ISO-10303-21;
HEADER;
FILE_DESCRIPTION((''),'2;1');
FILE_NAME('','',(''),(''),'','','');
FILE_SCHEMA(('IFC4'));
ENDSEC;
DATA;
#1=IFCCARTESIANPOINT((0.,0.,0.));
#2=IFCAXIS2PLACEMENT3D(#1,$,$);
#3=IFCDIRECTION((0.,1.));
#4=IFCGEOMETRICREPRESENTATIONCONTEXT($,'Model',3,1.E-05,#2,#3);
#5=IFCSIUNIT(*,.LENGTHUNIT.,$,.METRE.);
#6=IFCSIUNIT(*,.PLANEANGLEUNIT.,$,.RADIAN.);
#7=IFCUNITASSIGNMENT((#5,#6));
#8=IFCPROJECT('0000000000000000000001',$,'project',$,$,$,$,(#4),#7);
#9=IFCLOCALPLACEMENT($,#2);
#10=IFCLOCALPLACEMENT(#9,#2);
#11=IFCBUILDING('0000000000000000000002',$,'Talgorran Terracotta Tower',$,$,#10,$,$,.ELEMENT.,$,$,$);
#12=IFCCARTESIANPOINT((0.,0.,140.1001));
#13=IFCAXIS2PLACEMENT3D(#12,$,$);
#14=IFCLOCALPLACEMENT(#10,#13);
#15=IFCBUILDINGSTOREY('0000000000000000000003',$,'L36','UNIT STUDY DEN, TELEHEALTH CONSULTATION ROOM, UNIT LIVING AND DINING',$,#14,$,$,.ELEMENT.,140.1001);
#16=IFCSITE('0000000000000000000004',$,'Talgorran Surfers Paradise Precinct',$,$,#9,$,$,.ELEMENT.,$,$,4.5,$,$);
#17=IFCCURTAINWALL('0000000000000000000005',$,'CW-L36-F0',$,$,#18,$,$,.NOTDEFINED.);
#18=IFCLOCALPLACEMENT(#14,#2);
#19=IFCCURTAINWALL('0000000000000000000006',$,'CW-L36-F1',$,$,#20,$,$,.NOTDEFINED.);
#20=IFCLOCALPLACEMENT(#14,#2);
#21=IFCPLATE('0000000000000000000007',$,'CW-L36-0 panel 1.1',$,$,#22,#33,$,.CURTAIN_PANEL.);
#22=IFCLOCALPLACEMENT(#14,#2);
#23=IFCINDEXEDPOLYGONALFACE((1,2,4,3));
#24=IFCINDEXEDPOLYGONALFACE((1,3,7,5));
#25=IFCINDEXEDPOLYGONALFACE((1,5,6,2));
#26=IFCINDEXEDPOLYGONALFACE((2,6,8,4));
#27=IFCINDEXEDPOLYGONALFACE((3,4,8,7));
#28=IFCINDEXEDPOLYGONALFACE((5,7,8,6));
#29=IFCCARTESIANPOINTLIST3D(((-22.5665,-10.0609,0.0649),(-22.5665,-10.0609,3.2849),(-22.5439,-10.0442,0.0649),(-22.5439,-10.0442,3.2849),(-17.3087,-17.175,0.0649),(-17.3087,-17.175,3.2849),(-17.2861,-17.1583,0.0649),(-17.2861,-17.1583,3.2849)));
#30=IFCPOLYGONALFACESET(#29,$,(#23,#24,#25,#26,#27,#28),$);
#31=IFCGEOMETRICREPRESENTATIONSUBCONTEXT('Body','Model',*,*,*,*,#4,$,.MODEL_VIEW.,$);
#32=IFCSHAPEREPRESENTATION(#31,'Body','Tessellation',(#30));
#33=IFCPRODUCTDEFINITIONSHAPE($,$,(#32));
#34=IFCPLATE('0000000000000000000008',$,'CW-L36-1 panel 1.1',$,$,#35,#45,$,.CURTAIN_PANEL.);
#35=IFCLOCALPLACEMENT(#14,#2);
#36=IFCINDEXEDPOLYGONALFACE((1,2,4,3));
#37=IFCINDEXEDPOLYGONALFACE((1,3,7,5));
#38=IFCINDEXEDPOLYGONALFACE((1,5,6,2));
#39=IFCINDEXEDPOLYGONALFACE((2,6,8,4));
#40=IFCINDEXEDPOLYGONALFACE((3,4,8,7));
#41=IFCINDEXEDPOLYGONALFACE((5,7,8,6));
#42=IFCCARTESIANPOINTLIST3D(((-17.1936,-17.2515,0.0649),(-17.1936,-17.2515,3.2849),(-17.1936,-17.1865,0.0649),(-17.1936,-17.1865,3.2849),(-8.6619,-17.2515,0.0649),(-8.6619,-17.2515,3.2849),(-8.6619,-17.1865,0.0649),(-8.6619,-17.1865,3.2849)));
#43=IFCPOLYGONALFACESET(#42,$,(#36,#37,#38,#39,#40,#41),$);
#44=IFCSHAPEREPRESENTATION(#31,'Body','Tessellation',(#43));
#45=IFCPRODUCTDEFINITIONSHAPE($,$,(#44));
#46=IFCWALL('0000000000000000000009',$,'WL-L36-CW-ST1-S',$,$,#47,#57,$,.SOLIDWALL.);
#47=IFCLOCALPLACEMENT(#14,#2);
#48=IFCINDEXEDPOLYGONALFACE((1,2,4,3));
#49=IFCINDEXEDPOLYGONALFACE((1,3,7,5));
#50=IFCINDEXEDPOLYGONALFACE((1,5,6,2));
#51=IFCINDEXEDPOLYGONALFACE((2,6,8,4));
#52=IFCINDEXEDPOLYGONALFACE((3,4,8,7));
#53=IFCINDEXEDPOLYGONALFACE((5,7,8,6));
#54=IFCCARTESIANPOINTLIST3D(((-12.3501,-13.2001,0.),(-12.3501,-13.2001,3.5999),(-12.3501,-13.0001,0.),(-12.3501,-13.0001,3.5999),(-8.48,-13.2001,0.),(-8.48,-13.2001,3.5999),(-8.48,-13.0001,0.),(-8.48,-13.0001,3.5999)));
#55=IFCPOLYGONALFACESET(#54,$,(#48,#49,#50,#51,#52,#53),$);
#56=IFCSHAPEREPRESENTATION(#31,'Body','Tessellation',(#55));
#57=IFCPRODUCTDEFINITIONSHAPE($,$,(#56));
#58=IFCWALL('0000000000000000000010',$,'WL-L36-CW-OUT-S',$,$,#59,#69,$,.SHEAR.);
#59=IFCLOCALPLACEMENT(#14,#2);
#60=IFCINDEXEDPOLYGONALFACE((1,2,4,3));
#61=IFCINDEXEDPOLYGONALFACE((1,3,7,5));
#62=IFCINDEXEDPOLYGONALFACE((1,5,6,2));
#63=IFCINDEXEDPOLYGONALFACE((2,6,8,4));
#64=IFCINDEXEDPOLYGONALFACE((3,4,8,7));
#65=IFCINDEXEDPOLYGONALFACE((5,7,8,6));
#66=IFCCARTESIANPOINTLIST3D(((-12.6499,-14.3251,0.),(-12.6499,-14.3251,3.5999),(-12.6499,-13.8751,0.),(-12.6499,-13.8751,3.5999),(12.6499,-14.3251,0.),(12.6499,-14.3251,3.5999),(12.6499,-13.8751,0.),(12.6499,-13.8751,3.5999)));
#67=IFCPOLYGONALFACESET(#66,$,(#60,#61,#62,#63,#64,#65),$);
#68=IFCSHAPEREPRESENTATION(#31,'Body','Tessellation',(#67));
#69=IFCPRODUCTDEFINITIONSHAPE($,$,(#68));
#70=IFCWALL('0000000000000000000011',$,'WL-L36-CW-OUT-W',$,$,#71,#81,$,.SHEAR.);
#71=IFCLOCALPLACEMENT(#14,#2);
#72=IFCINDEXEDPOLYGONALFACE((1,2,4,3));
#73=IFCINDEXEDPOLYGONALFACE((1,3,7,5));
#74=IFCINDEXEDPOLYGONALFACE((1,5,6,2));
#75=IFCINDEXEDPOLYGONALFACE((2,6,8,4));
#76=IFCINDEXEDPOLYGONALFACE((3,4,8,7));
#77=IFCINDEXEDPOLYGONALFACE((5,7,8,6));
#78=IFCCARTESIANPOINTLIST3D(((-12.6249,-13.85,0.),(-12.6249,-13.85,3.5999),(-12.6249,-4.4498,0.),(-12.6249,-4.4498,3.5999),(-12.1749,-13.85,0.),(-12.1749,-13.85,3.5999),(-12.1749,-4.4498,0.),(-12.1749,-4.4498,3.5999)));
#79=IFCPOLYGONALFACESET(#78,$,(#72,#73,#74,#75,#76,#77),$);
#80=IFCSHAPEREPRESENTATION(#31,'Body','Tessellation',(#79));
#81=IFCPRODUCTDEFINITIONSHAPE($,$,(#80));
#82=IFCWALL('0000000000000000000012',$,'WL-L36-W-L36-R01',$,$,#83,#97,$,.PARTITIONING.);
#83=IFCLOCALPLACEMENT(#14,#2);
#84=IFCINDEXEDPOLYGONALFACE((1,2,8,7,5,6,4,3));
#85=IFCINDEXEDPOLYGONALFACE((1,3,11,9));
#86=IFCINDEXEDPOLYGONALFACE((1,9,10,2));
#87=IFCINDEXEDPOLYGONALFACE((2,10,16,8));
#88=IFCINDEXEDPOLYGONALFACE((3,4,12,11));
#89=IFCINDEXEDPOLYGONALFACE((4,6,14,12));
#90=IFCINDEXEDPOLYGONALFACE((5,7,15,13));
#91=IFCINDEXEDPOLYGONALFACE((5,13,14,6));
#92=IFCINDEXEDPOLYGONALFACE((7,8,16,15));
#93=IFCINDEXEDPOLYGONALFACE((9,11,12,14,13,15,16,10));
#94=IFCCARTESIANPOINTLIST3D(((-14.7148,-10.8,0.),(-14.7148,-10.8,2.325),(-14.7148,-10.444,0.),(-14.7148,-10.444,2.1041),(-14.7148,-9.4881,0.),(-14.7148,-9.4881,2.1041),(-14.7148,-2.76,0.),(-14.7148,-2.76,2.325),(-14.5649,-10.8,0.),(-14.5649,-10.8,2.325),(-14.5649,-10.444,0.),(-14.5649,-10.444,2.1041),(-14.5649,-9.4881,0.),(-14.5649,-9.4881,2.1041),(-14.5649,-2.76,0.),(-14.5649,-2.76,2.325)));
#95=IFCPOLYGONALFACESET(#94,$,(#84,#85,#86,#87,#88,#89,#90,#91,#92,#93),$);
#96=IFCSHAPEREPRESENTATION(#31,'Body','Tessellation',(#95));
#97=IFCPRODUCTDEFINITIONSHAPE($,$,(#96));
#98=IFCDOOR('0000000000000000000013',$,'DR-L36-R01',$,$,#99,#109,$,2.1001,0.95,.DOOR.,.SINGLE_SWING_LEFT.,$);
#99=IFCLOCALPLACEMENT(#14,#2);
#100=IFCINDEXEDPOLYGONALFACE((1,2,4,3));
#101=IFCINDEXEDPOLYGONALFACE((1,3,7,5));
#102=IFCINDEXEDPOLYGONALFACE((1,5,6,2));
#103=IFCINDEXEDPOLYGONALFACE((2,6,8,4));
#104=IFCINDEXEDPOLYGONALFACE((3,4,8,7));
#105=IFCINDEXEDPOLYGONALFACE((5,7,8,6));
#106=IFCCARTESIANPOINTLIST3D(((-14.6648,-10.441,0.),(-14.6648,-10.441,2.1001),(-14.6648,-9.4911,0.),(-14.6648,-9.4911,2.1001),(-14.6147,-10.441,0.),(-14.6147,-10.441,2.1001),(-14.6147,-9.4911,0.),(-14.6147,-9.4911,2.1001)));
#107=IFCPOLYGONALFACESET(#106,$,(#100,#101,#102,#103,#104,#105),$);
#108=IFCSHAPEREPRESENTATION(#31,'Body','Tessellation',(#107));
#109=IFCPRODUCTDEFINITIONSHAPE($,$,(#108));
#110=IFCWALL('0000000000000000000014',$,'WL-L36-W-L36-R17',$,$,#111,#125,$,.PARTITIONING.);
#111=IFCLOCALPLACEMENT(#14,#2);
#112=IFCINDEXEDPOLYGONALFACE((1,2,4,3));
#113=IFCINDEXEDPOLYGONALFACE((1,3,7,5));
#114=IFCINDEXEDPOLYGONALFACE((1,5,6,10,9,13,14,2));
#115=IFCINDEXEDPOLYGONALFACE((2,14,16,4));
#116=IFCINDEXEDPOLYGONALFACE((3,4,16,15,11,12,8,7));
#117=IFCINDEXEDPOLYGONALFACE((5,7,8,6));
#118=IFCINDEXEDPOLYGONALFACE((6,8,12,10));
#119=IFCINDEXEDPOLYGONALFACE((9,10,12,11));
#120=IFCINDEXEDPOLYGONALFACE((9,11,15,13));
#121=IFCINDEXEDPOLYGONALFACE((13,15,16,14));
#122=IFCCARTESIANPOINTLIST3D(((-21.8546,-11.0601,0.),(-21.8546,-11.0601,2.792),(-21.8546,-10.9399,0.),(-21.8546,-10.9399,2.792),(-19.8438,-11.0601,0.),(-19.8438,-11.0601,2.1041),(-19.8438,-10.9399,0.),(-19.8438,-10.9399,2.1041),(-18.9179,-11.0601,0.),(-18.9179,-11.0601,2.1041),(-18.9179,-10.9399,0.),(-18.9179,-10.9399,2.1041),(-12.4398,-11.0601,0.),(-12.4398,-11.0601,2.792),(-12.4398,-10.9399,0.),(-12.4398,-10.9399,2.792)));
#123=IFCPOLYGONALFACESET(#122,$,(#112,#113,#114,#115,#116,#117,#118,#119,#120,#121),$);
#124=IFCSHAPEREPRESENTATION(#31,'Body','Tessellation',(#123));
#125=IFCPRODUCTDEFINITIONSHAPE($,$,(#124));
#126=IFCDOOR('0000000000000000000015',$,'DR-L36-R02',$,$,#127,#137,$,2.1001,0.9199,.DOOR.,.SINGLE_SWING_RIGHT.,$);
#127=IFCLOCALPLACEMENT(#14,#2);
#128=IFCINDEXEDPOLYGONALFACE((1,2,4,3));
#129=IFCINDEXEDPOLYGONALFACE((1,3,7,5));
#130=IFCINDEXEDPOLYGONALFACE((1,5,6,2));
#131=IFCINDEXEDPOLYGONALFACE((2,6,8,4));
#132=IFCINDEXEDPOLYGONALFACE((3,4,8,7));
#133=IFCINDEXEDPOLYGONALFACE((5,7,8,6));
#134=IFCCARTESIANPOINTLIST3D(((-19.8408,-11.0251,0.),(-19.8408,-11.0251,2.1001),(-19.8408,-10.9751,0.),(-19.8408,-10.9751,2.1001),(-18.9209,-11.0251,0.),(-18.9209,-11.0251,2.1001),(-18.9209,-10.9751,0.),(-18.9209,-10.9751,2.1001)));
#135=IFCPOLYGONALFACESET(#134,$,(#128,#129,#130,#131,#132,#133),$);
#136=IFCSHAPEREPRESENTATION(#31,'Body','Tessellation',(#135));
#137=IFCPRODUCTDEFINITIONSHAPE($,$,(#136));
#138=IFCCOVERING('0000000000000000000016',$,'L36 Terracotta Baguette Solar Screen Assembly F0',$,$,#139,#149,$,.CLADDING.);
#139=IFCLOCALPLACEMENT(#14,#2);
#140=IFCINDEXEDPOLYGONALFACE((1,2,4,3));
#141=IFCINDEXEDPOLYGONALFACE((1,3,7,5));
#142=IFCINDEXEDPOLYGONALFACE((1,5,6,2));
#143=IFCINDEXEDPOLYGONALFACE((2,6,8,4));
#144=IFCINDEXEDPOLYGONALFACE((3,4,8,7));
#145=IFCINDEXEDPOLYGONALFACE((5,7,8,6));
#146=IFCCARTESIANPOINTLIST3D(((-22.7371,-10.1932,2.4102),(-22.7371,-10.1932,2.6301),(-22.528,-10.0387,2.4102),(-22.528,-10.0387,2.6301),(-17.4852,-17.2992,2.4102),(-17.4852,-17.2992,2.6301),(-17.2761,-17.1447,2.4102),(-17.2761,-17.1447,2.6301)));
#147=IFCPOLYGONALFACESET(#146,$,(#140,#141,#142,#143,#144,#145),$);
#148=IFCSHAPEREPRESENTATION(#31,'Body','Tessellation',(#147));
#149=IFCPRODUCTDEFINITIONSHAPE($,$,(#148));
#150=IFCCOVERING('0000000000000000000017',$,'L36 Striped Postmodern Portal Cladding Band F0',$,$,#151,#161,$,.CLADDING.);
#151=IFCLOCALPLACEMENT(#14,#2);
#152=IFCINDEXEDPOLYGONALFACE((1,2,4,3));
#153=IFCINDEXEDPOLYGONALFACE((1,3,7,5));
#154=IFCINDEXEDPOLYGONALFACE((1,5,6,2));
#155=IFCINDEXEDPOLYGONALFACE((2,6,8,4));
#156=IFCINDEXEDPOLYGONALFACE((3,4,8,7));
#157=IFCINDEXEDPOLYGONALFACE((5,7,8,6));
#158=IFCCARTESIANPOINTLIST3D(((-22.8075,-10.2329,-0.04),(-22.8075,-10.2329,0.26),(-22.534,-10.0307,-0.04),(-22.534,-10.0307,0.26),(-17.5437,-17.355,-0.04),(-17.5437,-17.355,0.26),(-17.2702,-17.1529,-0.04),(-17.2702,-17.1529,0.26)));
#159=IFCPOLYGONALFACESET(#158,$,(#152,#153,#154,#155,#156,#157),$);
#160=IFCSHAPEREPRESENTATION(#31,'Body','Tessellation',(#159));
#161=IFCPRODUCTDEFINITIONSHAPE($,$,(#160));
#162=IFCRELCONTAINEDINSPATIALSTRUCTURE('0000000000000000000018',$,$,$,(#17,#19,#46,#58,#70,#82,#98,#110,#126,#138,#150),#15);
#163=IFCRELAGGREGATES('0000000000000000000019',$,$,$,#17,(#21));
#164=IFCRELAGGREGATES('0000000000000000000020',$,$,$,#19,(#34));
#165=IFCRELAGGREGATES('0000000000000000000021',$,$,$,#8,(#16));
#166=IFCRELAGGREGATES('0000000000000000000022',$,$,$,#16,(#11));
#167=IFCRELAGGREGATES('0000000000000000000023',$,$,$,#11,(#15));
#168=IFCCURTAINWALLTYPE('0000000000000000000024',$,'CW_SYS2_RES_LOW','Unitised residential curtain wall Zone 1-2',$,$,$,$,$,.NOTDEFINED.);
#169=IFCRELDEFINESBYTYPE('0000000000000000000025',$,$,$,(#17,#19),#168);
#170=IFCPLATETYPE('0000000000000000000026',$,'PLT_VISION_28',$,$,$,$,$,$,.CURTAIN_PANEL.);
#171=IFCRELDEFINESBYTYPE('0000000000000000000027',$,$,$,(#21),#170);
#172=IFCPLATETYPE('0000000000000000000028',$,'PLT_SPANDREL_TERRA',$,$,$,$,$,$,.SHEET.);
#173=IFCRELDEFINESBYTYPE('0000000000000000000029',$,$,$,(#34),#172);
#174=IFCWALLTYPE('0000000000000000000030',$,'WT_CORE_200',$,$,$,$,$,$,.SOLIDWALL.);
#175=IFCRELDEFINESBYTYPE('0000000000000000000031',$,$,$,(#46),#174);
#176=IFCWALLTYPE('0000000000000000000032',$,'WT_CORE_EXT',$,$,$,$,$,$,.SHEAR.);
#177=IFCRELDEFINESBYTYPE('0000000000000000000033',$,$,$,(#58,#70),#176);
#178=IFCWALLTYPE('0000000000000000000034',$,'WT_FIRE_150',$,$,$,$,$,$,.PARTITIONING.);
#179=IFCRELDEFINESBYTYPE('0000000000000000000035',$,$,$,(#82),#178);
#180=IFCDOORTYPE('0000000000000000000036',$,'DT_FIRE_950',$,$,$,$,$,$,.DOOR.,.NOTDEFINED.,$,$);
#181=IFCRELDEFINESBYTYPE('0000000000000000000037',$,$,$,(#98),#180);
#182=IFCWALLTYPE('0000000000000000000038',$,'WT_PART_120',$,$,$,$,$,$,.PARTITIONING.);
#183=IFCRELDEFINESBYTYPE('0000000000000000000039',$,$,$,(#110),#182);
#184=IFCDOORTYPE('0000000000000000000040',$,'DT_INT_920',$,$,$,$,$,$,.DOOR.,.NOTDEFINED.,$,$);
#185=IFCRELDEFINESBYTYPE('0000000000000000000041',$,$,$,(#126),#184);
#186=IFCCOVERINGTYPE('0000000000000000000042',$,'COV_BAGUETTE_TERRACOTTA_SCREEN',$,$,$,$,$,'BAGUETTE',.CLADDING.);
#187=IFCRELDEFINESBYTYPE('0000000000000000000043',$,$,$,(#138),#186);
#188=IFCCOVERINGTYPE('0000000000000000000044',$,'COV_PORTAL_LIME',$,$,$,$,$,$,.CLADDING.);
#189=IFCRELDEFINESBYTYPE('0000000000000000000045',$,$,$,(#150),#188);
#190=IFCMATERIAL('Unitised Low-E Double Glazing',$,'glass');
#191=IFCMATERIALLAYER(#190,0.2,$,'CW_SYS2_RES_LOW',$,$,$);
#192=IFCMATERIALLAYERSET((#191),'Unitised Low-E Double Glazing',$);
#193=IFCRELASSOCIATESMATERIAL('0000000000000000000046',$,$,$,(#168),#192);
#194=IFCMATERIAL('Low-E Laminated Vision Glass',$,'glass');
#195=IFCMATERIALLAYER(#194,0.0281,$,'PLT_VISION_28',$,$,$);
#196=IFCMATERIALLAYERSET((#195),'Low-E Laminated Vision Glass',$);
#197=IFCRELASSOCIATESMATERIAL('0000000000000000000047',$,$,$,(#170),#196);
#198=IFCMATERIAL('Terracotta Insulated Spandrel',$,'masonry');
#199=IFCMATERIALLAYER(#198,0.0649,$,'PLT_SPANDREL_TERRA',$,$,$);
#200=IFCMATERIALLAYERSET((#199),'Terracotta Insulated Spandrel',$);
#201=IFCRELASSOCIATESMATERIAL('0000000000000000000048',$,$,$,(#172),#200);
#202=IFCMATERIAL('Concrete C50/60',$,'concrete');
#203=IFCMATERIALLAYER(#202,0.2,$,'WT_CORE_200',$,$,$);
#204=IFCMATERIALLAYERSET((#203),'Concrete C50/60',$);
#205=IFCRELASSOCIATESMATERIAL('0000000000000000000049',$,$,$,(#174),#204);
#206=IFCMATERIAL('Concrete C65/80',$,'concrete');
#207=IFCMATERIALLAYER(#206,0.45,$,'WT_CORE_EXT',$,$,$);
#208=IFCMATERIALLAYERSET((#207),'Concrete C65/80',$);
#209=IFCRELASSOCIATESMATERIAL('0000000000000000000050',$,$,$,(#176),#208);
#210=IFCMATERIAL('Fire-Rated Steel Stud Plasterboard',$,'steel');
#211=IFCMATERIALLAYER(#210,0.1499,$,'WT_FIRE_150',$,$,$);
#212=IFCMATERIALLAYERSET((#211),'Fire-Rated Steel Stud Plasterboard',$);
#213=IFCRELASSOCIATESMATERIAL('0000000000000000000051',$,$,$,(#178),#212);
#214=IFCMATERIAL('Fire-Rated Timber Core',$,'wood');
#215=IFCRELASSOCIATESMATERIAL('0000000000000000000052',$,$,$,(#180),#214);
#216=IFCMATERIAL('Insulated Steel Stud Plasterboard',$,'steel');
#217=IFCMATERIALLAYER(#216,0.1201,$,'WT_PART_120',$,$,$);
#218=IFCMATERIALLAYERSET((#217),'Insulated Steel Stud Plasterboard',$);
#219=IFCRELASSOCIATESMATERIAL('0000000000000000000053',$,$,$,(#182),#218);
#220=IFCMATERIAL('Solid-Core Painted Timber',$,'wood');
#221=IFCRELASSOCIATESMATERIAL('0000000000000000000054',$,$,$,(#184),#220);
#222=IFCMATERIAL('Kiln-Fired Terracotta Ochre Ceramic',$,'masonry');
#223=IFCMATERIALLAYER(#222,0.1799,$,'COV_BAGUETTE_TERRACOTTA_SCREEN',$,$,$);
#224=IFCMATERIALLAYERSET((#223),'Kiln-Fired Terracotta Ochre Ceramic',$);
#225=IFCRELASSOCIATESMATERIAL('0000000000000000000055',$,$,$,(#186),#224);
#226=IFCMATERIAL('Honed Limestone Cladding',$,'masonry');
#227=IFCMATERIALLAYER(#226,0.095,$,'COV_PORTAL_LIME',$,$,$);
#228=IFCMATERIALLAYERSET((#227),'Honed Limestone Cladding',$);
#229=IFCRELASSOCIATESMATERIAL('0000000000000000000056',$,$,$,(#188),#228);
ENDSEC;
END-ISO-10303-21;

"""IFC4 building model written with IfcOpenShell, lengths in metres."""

from ifc_helpers import new_model, si_unit, direction, frame, frame_2d, origin, origin_2d, place, context, subcontext, project, spatial, rectangle, extrude, source, transform, mapped, material, layer, layer_set, type_object, type_shapes, element, fill, aggregate, save


model = new_model("IFC4")

# Units and contexts
model_context = context("Model", 3, precision=1e-05, world=origin(), true_north=direction((0.0, 1.0)))
body_context = subcontext(model_context, "Body", "Model", "MODEL_VIEW")
ifc_project = project(units=[si_unit("LENGTHUNIT", "METRE"), si_unit("PLANEANGLEUNIT", "RADIAN")], contexts=[model_context])

# Site, building, storey
site_placement = place(None, origin())
site = spatial("IfcSite", under=ifc_project, at=site_placement, Name="Talgorran Surfers Paradise Precinct", CompositionType="ELEMENT", RefElevation=4.5)
building_placement = place(site_placement, origin())
building = spatial("IfcBuilding", under=site, at=building_placement, Name="Talgorran Terracotta Tower", CompositionType="ELEMENT")
storey_placement = place(building_placement, frame((0.0, 0.0, 140.1001)))
storey = spatial("IfcBuildingStorey", under=building, at=storey_placement, Name="L36", Description="UNIT STUDY DEN, TELEHEALTH CONSULTATION ROOM, UNIT LIVING AND DINING", CompositionType="ELEMENT", Elevation=140.1001)

# Curtain wall
ifc_material_1 = material(Name="Unitised Low-E Double Glazing", Category="glass")
ifc_layer_1 = layer(ifc_material_1, 0.2, Name="CW_SYS2_RES_LOW")
ifc_layer_set_1 = layer_set([ifc_layer_1], Name="Unitised Low-E Double Glazing")
curtain_wall_type = type_object("IfcCurtainWallType", Name="CW_SYS2_RES_LOW", Description="Unitised residential curtain wall Zone 1-2", PredefinedType="NOTDEFINED", material=ifc_layer_set_1)
curtain_wall_1_placement = place(storey_placement, origin())
curtain_wall_1 = element("IfcCurtainWall", 1, at=curtain_wall_1_placement, inside=storey, type_object=curtain_wall_type, Name="CW-L36-F0", PredefinedType="NOTDEFINED")

# Curtain wall
curtain_wall_2_placement = place(storey_placement, origin())
curtain_wall_2 = element("IfcCurtainWall", 2, at=curtain_wall_2_placement, inside=storey, type_object=curtain_wall_type, Name="CW-L36-F1", PredefinedType="NOTDEFINED")

# Plates
ifc_material_2 = material(Name="Low-E Laminated Vision Glass", Category="glass")
ifc_layer_2 = layer(ifc_material_2, 0.0281, Name="PLT_VISION_28")
ifc_layer_set_2 = layer_set([ifc_layer_2], Name="Low-E Laminated Vision Glass")
plate_type_1 = type_object("IfcPlateType", Name="PLT_VISION_28", PredefinedType="CURTAIN_PANEL", material=ifc_layer_set_2)
shared_shape_1 = source(origin(), body_context, "Body", "SweptSolid", [
    extrude(rectangle(XDim=8.8462, YDim=0.0281, at=origin_2d()), origin(), (0.0, 0.0, 1.0), 3.22),
])
type_shapes(plate_type_1, [shared_shape_1])
plate_1_placement = place(storey_placement, frame((-19.9263, -13.6096, 0.0649), z_axis=(0.0, 0.0, 1.0), x_axis=(0.594358, -0.804201, 0.0)))
plate_1 = element("IfcPlate", 3, at=plate_1_placement, type_object=plate_type_1, Name="CW-L36-0 panel 1.1", PredefinedType="CURTAIN_PANEL", context=body_context, shape_type="MappedRepresentation", body=[
    mapped(shared_shape_1, transform((0.0, 0.0, 0.0), scale=1.0)),
])
aggregate(curtain_wall_1, [plate_1])
ifc_material_3 = material(Name="Terracotta Insulated Spandrel", Category="masonry")
ifc_layer_3 = layer(ifc_material_3, 0.0649, Name="PLT_SPANDREL_TERRA")
ifc_layer_set_3 = layer_set([ifc_layer_3], Name="Terracotta Insulated Spandrel")
plate_type_2 = type_object("IfcPlateType", Name="PLT_SPANDREL_TERRA", PredefinedType="SHEET", material=ifc_layer_set_3)
shared_shape_2 = source(origin(), body_context, "Body", "SweptSolid", [
    extrude(rectangle(XDim=8.5317, YDim=0.0649, at=origin_2d()), origin(), (0.0, 0.0, 1.0), 3.22),
])
type_shapes(plate_type_2, [shared_shape_2])
plate_2_placement = place(storey_placement, frame((-12.9277, -17.219, 0.0649), z_axis=(0.0, 0.0, 1.0), x_axis=(1.0, 0.0, 0.0)))
plate_2 = element("IfcPlate", 4, at=plate_2_placement, type_object=plate_type_2, Name="CW-L36-1 panel 1.1", PredefinedType="CURTAIN_PANEL", context=body_context, shape_type="MappedRepresentation", body=[
    mapped(shared_shape_2, transform((0.0, 0.0, 0.0), scale=1.0)),
])
aggregate(curtain_wall_2, [plate_2])

# Walls
ifc_material_4 = material(Name="Concrete C50/60", Category="concrete")
ifc_layer_4 = layer(ifc_material_4, 0.2, Name="WT_CORE_200")
ifc_layer_set_4 = layer_set([ifc_layer_4], Name="Concrete C50/60")
wall_type_1 = type_object("IfcWallType", Name="WT_CORE_200", PredefinedType="SOLIDWALL", material=ifc_layer_set_4)
wall_1_placement = place(storey_placement, frame((-12.3501, -13.1001, 0.0), z_axis=(0.0, 0.0, 1.0), x_axis=(1.0, 0.0, 0.0)))
element("IfcWall", 5, at=wall_1_placement, inside=storey, type_object=wall_type_1, Name="WL-L36-CW-ST1-S", PredefinedType="SOLIDWALL", context=body_context, shape_type="SweptSolid", body=[
    extrude(rectangle(XDim=3.8701, YDim=0.2, at=frame_2d((1.9351, 0.0))), origin(), (0.0, 0.0, 1.0), 3.5999),
])
ifc_material_5 = material(Name="Concrete C65/80", Category="concrete")
ifc_layer_5 = layer(ifc_material_5, 0.45, Name="WT_CORE_EXT")
ifc_layer_set_5 = layer_set([ifc_layer_5], Name="Concrete C65/80")
wall_type_2 = type_object("IfcWallType", Name="WT_CORE_EXT", PredefinedType="SHEAR", material=ifc_layer_set_5)
wall_2_placement = place(storey_placement, frame((-12.6499, -14.1001, 0.0), z_axis=(0.0, 0.0, 1.0), x_axis=(1.0, 0.0, 0.0)))
element("IfcWall", 6, at=wall_2_placement, inside=storey, type_object=wall_type_2, Name="WL-L36-CW-OUT-S", PredefinedType="SHEAR", context=body_context, shape_type="SweptSolid", body=[
    extrude(rectangle(XDim=25.2998, YDim=0.45, at=frame_2d((12.6499, 0.0))), origin(), (0.0, 0.0, 1.0), 3.5999),
])
wall_3_placement = place(storey_placement, frame((-12.3999, -13.8501, 0.0), z_axis=(0.0, 0.0, 1.0), x_axis=(0.0, 1.0, 0.0)))
element("IfcWall", 7, at=wall_3_placement, inside=storey, type_object=wall_type_2, Name="WL-L36-CW-OUT-W", PredefinedType="SHEAR", context=body_context, shape_type="SweptSolid", body=[
    extrude(rectangle(XDim=9.4001, YDim=0.45, at=frame_2d((4.7002, 0.0))), origin(), (0.0, 0.0, 1.0), 3.5999),
])

# Walls, openings, doors
ifc_material_6 = material(Name="Fire-Rated Steel Stud Plasterboard", Category="steel")
ifc_layer_6 = layer(ifc_material_6, 0.1499, Name="WT_FIRE_150")
ifc_layer_set_6 = layer_set([ifc_layer_6], Name="Fire-Rated Steel Stud Plasterboard")
wall_type_3 = type_object("IfcWallType", Name="WT_FIRE_150", PredefinedType="PARTITIONING", material=ifc_layer_set_6)
wall_4_placement = place(storey_placement, frame((-14.6399, -10.8, 0.0), z_axis=(0.0, 0.0, 1.0), x_axis=(0.0, 1.0, 0.0)))
wall_4 = element("IfcWall", 8, at=wall_4_placement, inside=storey, type_object=wall_type_3, Name="WL-L36-W-L36-R01", PredefinedType="PARTITIONING", context=body_context, shape_type="SweptSolid", body=[
    extrude(rectangle(XDim=8.04, YDim=0.1499, at=frame_2d((4.02, 0.0))), origin(), (0.0, 0.0, 1.0), 2.325),
])
opening_1_placement = place(wall_4_placement, frame((0.3589, 0.0, 0.0)))
opening_1 = element("IfcOpeningElement", 9, at=opening_1_placement, cuts=wall_4, PredefinedType="OPENING", context=body_context, shape_type="SweptSolid", body=[
    extrude(rectangle(XDim=0.956, YDim=2.1041, at=frame_2d((0.4751, 1.052))), frame((0.0, 0.085, 0.0), z_axis=(0.0, -1.0, 0.0), x_axis=(1.0, 0.0, 0.0)), (0.0, 0.0, 1.0), 0.1699),
])
ifc_material_7 = material(Name="Fire-Rated Timber Core", Category="wood")
door_type_1 = type_object("IfcDoorType", Name="DT_FIRE_950", OperationType="NOTDEFINED", PredefinedType="DOOR", material=ifc_material_7)
door_1_placement = place(opening_1_placement, origin())
door_1 = element("IfcDoor", 10, at=door_1_placement, inside=storey, type_object=door_type_1, Name="DR-L36-R01", OperationType="SINGLE_SWING_LEFT", OverallHeight=2.1001, OverallWidth=0.95, PredefinedType="DOOR", context=body_context, shape_type="SweptSolid", body=[
    extrude(rectangle(XDim=0.95, YDim=2.1001, at=frame_2d((0.4751, 1.05))), frame((0.0, 0.0249, 0.0), z_axis=(0.0, -1.0, 0.0), x_axis=(1.0, 0.0, 0.0)), (0.0, 0.0, 1.0), 0.05),
])
fill(opening_1, door_1)
ifc_material_8 = material(Name="Insulated Steel Stud Plasterboard", Category="steel")
ifc_layer_7 = layer(ifc_material_8, 0.1201, Name="WT_PART_120")
ifc_layer_set_7 = layer_set([ifc_layer_7], Name="Insulated Steel Stud Plasterboard")
wall_type_4 = type_object("IfcWallType", Name="WT_PART_120", PredefinedType="PARTITIONING", material=ifc_layer_set_7)
wall_5_placement = place(storey_placement, frame((-21.8547, -11.0, 0.0), z_axis=(0.0, 0.0, 1.0), x_axis=(1.0, 0.0, 0.0)))
wall_5 = element("IfcWall", 11, at=wall_5_placement, inside=storey, type_object=wall_type_4, Name="WL-L36-W-L36-R17", PredefinedType="PARTITIONING", context=body_context, shape_type="SweptSolid", body=[
    extrude(rectangle(XDim=9.4148, YDim=0.1201, at=frame_2d((4.7075, 0.0))), origin(), (0.0, 0.0, 1.0), 2.792),
])
opening_2_placement = place(wall_5_placement, frame((2.0139, 0.0, 0.0)))
opening_2 = element("IfcOpeningElement", 12, at=opening_2_placement, cuts=wall_5, PredefinedType="OPENING", context=body_context, shape_type="SweptSolid", body=[
    extrude(rectangle(XDim=0.9259, YDim=2.1041, at=frame_2d((0.46, 1.052))), frame((0.0, 0.0701, 0.0), z_axis=(0.0, -1.0, 0.0), x_axis=(1.0, 0.0, 0.0)), (0.0, 0.0, 1.0), 0.1401),
])
ifc_material_9 = material(Name="Solid-Core Painted Timber", Category="wood")
door_type_2 = type_object("IfcDoorType", Name="DT_INT_920", OperationType="NOTDEFINED", PredefinedType="DOOR", material=ifc_material_9)
door_2_placement = place(opening_2_placement, origin())
door_2 = element("IfcDoor", 13, at=door_2_placement, inside=storey, type_object=door_type_2, Name="DR-L36-R02", OperationType="SINGLE_SWING_RIGHT", OverallHeight=2.1001, OverallWidth=0.9199, PredefinedType="DOOR", context=body_context, shape_type="SweptSolid", body=[
    extrude(rectangle(XDim=0.9199, YDim=2.1001, at=frame_2d((0.46, 1.05))), frame((0.0, 0.0249, 0.0), z_axis=(0.0, -1.0, 0.0), x_axis=(1.0, 0.0, 0.0)), (0.0, 0.0, 1.0), 0.05),
])
fill(opening_2, door_2)

# Coverings
ifc_material_10 = material(Name="Kiln-Fired Terracotta Ochre Ceramic", Category="masonry")
ifc_layer_8 = layer(ifc_material_10, 0.1799, Name="COV_BAGUETTE_TERRACOTTA_SCREEN")
ifc_layer_set_8 = layer_set([ifc_layer_8], Name="Kiln-Fired Terracotta Ochre Ceramic")
covering_type_1 = type_object("IfcCoveringType", Name="COV_BAGUETTE_TERRACOTTA_SCREEN", ElementType="BAGUETTE", PredefinedType="CLADDING", material=ifc_layer_set_8)
covering_1_placement = place(storey_placement, frame((-20.0066, -13.6689, 2.4102), z_axis=(0.0, 0.0, 1.0), x_axis=(0.59436, -0.804199, 0.0)))
element("IfcCovering", 14, at=covering_1_placement, inside=storey, type_object=covering_type_1, Name="L36 Terracotta Baguette Solar Screen Assembly F0", PredefinedType="CLADDING", context=body_context, shape_type="SweptSolid", body=[
    extrude(rectangle(XDim=8.8362, YDim=0.26, at=origin_2d()), origin(), (0.0, 0.0, 1.0), 0.22),
])
ifc_material_11 = material(Name="Honed Limestone Cladding", Category="masonry")
ifc_layer_9 = layer(ifc_material_11, 0.095, Name="COV_PORTAL_LIME")
ifc_layer_set_9 = layer_set([ifc_layer_9], Name="Honed Limestone Cladding")
covering_type_2 = type_object("IfcCoveringType", Name="COV_PORTAL_LIME", PredefinedType="CLADDING", material=ifc_layer_set_9)
covering_2_placement = place(storey_placement, frame((-20.0388, -13.6929, -0.04), z_axis=(0.0, 0.0, 1.0), x_axis=(0.59436, -0.804199, 0.0)))
element("IfcCovering", 15, at=covering_2_placement, inside=storey, type_object=covering_type_2, Name="L36 Striped Postmodern Portal Cladding Band F0", PredefinedType="CLADDING", context=body_context, shape_type="SweptSolid", body=[
    extrude(rectangle(XDim=8.8562, YDim=0.3401, at=origin_2d()), origin(), (0.0, 0.0, 1.0), 0.3),
])

save(model, "model.ifc")
